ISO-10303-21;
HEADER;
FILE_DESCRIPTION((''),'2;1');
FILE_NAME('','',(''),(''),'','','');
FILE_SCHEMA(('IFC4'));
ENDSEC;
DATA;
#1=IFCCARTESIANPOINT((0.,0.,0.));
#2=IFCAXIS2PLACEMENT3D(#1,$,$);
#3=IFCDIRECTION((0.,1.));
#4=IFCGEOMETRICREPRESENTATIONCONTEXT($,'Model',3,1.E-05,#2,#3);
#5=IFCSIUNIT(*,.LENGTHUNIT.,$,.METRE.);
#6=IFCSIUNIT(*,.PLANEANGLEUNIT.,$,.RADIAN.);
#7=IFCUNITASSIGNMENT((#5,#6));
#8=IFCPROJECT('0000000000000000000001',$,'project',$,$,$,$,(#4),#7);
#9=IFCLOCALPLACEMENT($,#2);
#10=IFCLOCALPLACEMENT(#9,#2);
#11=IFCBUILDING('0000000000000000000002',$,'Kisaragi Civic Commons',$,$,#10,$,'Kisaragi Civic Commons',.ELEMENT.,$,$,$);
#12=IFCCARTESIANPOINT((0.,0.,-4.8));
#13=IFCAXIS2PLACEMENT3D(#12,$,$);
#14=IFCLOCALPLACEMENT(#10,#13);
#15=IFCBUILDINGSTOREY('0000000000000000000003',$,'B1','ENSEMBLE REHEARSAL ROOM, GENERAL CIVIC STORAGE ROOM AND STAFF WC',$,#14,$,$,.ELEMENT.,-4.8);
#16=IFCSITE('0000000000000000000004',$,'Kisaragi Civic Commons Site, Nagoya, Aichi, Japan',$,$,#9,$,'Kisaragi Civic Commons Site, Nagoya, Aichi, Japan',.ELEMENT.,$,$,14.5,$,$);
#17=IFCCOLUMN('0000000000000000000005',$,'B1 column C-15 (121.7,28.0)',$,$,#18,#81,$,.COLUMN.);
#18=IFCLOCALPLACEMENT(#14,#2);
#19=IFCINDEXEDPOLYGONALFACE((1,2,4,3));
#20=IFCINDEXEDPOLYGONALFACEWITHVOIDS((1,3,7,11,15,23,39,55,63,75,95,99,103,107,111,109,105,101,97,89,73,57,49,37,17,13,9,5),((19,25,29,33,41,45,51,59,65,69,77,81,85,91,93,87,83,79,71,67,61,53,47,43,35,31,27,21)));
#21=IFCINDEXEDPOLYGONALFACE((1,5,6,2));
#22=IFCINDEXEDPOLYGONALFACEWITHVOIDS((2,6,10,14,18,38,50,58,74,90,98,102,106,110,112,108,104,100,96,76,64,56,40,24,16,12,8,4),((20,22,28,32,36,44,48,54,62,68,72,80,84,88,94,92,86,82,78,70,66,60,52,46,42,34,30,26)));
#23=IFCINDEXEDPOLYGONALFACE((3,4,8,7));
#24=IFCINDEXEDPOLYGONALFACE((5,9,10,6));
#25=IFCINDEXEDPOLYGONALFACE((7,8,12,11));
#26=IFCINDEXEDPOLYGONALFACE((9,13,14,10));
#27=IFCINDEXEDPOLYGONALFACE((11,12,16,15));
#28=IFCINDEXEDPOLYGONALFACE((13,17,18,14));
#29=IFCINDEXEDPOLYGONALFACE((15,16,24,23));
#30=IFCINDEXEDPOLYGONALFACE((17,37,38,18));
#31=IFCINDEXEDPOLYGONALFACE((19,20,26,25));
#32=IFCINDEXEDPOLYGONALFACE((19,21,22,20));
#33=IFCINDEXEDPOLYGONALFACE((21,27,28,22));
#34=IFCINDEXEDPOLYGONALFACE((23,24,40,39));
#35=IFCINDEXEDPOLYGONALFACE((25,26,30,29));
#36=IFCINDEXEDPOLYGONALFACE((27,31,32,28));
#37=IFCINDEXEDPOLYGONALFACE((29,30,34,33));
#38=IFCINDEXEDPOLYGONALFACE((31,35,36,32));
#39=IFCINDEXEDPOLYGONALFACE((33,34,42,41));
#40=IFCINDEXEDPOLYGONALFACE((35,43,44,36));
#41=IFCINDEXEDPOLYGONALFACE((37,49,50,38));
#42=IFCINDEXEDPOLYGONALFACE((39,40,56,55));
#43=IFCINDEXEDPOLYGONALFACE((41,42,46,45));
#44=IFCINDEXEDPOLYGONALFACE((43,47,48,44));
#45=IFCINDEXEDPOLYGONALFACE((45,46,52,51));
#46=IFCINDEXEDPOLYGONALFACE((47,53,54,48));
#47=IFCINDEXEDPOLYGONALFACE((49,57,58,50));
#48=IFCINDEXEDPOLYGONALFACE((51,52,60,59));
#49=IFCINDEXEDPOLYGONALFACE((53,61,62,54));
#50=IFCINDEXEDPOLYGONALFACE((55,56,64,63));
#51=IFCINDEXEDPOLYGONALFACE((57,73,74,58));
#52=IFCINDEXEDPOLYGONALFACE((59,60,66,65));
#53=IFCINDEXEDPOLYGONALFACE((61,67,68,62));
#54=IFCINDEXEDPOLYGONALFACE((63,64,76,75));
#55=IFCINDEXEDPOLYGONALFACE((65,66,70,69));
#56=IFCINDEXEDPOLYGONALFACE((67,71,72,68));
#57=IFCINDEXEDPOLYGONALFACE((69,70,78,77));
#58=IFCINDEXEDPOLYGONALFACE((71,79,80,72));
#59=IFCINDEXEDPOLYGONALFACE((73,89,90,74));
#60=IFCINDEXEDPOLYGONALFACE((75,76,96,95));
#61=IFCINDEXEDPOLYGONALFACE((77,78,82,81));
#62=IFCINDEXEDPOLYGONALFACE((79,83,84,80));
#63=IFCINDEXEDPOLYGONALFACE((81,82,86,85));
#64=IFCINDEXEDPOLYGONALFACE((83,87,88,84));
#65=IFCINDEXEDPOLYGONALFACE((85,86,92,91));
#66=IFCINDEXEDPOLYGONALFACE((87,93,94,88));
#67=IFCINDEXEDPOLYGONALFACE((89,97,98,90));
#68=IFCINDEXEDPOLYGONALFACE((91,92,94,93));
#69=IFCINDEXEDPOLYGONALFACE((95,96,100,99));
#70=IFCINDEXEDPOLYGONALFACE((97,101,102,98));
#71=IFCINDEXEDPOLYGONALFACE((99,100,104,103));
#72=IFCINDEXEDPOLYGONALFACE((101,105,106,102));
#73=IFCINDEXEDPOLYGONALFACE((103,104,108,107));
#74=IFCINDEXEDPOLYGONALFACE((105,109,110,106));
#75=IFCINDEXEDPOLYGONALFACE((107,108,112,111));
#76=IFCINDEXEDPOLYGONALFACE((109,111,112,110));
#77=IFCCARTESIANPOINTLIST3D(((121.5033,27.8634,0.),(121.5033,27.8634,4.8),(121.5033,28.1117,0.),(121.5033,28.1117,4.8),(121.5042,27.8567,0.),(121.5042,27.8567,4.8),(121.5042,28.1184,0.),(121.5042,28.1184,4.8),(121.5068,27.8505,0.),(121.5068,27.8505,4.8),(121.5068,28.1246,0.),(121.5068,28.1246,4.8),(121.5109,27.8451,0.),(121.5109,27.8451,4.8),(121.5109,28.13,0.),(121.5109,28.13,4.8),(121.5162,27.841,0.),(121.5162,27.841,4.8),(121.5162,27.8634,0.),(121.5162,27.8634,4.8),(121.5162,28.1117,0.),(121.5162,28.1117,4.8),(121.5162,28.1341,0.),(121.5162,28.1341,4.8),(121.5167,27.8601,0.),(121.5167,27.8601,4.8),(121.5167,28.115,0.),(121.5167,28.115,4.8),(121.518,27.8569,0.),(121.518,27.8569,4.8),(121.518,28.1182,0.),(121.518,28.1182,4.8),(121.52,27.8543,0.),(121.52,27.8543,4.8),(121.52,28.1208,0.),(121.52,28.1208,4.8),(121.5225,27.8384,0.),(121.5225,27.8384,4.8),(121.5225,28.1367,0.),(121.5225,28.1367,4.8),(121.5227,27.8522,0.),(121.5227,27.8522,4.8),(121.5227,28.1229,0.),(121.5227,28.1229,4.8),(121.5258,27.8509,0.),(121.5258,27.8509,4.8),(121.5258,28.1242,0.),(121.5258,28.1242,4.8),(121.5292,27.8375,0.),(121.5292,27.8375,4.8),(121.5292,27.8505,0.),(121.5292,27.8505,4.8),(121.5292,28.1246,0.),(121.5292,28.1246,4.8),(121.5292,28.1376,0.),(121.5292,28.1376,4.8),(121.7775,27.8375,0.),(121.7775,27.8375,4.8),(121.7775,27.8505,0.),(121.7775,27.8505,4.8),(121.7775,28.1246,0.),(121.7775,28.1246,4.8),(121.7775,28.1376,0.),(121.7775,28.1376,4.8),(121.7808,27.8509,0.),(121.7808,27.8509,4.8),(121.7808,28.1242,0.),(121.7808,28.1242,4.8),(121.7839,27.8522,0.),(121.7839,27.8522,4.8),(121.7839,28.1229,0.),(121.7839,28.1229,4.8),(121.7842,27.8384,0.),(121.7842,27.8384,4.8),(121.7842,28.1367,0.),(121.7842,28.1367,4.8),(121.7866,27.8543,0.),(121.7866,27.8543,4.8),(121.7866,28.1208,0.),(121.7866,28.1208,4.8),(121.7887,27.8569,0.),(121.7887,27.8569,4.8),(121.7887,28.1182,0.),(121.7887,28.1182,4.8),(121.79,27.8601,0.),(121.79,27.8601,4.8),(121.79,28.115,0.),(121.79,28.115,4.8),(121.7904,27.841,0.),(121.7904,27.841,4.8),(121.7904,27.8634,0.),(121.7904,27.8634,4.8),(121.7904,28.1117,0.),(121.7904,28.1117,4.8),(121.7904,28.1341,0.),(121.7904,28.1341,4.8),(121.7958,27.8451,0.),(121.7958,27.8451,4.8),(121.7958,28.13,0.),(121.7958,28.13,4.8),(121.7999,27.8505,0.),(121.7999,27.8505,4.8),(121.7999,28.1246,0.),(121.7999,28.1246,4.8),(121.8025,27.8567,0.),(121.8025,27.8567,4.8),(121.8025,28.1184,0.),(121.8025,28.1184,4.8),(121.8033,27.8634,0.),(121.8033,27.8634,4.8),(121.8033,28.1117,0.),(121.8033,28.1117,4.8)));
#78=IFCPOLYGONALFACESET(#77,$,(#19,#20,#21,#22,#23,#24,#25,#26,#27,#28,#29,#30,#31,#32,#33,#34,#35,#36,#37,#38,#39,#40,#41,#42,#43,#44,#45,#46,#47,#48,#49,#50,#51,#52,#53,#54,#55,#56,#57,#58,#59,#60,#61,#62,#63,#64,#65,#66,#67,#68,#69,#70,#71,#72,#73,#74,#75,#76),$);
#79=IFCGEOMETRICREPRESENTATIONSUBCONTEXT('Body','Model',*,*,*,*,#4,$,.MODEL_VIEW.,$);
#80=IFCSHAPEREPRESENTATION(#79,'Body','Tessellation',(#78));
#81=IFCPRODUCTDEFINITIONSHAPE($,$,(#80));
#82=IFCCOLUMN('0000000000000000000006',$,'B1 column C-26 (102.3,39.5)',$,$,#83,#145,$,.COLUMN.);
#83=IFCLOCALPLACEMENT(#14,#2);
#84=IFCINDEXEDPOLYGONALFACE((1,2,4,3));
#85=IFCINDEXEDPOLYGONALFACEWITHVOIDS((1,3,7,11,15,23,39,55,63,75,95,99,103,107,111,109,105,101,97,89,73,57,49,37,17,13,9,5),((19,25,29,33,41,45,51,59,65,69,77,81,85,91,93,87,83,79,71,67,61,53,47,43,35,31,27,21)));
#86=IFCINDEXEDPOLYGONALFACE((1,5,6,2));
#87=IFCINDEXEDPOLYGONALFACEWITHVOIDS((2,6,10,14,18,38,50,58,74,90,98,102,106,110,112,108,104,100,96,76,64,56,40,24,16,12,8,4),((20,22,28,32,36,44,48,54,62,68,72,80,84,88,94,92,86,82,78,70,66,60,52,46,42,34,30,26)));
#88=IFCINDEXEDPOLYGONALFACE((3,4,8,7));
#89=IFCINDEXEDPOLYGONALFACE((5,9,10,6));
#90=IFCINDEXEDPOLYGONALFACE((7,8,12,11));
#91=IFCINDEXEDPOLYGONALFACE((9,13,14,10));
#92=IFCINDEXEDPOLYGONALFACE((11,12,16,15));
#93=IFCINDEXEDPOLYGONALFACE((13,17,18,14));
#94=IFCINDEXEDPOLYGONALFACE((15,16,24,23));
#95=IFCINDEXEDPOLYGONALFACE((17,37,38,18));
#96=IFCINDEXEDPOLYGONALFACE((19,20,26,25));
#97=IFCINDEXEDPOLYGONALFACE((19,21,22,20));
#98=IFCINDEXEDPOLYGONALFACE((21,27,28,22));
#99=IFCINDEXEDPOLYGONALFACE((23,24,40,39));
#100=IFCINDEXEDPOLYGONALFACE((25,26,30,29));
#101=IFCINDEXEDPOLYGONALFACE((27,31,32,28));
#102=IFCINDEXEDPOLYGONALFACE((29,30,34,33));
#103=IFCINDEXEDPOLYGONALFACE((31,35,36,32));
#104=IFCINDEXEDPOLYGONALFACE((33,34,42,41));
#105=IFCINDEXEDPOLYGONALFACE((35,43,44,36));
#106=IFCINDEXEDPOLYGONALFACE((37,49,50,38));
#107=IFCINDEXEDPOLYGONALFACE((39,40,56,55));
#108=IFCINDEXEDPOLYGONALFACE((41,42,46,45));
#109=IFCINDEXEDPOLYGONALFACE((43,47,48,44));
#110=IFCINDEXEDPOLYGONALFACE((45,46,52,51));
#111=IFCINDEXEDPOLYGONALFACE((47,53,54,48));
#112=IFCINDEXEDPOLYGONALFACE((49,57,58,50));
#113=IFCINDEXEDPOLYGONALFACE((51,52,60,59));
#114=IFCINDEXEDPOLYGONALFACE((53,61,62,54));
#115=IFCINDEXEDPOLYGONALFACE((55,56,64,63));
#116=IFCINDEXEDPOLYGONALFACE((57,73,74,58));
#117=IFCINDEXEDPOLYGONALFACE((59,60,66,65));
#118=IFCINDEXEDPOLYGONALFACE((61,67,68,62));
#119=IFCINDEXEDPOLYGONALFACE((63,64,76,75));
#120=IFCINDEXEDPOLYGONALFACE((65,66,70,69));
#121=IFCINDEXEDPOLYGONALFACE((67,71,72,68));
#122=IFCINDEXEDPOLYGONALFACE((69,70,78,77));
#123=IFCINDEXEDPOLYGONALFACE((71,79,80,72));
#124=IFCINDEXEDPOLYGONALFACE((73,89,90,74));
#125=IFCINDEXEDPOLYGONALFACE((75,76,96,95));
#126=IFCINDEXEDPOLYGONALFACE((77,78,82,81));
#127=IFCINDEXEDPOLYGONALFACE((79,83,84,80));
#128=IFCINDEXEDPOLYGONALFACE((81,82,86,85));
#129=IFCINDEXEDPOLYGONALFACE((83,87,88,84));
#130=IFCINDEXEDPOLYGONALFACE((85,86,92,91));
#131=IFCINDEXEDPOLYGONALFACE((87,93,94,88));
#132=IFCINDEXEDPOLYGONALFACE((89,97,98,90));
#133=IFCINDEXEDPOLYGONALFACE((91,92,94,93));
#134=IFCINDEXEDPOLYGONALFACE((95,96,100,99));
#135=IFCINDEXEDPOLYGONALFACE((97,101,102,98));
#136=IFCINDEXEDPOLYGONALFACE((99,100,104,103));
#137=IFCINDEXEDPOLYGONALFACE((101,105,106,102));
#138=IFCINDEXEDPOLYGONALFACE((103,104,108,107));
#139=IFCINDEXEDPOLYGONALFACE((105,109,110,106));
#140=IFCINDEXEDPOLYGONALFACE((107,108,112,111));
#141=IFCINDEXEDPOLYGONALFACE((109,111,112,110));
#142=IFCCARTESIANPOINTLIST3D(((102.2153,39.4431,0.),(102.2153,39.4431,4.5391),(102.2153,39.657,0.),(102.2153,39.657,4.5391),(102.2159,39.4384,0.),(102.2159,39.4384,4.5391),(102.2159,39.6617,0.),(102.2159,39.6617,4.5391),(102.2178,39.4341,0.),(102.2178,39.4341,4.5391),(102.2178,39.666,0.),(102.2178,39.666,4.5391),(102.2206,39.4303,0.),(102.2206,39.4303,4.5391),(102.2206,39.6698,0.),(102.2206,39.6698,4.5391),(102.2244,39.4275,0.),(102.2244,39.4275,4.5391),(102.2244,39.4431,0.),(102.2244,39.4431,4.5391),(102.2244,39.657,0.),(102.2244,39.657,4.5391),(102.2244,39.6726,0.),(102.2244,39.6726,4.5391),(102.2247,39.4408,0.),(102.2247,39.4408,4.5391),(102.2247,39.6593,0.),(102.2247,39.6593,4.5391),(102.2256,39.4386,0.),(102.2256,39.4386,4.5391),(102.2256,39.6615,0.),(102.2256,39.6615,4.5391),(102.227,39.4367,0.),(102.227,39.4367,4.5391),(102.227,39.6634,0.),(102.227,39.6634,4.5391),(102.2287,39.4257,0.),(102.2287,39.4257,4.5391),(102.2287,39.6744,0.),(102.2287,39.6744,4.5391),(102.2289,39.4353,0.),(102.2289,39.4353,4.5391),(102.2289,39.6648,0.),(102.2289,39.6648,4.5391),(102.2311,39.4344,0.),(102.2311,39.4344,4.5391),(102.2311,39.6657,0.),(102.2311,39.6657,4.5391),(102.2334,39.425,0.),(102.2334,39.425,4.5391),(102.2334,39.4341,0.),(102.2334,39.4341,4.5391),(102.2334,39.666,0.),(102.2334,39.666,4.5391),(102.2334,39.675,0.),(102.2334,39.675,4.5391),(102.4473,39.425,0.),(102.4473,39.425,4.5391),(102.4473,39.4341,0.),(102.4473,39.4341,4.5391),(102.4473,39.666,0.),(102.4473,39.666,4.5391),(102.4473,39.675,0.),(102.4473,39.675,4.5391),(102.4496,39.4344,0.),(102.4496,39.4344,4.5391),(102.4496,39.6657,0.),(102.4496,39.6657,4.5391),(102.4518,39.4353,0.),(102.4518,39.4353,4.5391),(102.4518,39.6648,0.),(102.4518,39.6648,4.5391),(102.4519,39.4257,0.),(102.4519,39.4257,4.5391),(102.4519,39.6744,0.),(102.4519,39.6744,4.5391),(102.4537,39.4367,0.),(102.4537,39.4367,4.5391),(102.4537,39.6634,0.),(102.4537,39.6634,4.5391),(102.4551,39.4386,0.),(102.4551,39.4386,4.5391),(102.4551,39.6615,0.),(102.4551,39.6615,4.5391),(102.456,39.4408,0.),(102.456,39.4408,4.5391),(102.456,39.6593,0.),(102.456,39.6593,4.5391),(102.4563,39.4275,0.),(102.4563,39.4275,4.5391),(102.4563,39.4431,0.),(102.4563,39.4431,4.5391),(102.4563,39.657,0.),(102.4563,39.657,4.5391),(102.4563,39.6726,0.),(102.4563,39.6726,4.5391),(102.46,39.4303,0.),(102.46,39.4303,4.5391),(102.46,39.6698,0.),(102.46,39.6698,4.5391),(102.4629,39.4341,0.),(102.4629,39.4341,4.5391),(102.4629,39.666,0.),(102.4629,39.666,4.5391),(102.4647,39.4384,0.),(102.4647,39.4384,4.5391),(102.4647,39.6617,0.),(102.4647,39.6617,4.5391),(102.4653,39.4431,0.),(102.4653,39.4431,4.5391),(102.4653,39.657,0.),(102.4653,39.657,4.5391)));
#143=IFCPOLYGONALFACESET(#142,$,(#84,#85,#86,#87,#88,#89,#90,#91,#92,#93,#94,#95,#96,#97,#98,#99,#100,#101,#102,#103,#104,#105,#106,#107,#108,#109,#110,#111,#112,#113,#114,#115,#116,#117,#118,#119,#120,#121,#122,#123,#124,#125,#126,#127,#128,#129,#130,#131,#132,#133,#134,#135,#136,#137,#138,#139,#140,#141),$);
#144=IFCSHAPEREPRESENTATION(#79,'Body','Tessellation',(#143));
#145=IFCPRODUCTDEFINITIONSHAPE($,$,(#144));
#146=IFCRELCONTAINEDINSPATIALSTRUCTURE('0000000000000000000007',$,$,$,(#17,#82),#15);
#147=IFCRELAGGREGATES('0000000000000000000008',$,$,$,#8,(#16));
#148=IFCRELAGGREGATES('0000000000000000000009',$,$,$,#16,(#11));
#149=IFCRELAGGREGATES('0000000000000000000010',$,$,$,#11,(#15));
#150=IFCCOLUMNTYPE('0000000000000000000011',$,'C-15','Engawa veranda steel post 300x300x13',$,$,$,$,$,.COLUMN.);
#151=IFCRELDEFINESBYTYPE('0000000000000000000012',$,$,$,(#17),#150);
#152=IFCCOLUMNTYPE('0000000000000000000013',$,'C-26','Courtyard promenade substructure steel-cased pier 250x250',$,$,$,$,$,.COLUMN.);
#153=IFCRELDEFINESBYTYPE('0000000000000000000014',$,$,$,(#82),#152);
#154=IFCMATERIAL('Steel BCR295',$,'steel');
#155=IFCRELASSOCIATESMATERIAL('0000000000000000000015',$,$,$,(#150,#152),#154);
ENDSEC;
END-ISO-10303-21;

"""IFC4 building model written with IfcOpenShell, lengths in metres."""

from ifc_helpers import new_model, si_unit, direction, frame, origin, origin_2d, place, context, subcontext, project, spatial, hollow_rectangle, extrude, material, material_profile, profile_set, type_object, element, save


model = new_model("IFC4")

# Units and contexts
model_context = context("Model", 3, precision=1e-05, world=origin(), true_north=direction((0.0, 1.0)))
body_context = subcontext(model_context, "Body", "Model", "MODEL_VIEW")
ifc_project = project(units=[si_unit("LENGTHUNIT", "METRE"), si_unit("PLANEANGLEUNIT", "RADIAN")], contexts=[model_context])

# Site, building, storey
site_placement = place(None, origin())
site = spatial("IfcSite", under=ifc_project, at=site_placement, Name="Kisaragi Civic Commons Site, Nagoya, Aichi, Japan", LongName="Kisaragi Civic Commons Site, Nagoya, Aichi, Japan", CompositionType="ELEMENT", RefElevation=14.5)
building_placement = place(site_placement, origin())
building = spatial("IfcBuilding", under=site, at=building_placement, Name="Kisaragi Civic Commons", LongName="Kisaragi Civic Commons", CompositionType="ELEMENT")
storey_placement = place(building_placement, frame((0.0, 0.0, -4.8)))
storey = spatial("IfcBuildingStorey", under=building, at=storey_placement, Name="B1", Description="ENSEMBLE REHEARSAL ROOM, GENERAL CIVIC STORAGE ROOM AND STAFF WC", CompositionType="ELEMENT", Elevation=-4.8)

# Columns
ifc_material_1 = material(Name="Steel BCR295", Category="steel")
ifc_material_profile_1 = material_profile(ifc_material_1, hollow_rectangle(XDim=0.3, YDim=0.3, WallThickness=0.0129, InnerFilletRadius=0.0129, OuterFilletRadius=0.0259, at=origin_2d()), Name="BCR-300x300x13", Category="steel")
ifc_profile_set_1 = profile_set([ifc_material_profile_1], Name="Steel BCR295")
column_type_1 = type_object("IfcColumnType", Name="C-15", Description="Engawa veranda steel post 300x300x13", PredefinedType="COLUMN", material=ifc_profile_set_1)
column_placement = place(storey_placement, frame((121.6533, 27.9875, 0.0), z_axis=(0.0, 0.0, 1.0), x_axis=(1.0, 0.0, 0.0)))
element("IfcColumn", 1, at=column_placement, inside=storey, type_object=column_type_1, Name="B1 column C-15 (121.7,28.0)", PredefinedType="COLUMN", context=body_context, shape_type="SweptSolid", body=[
    extrude(hollow_rectangle(XDim=0.3, YDim=0.3, WallThickness=0.0129, InnerFilletRadius=0.0129, OuterFilletRadius=0.0259, at=origin_2d()), origin(), (0.0, 0.0, 1.0), 4.8),
])
ifc_material_profile_2 = material_profile(ifc_material_1, hollow_rectangle(XDim=0.25, YDim=0.25, WallThickness=0.009, InnerFilletRadius=0.009, OuterFilletRadius=0.0181, at=origin_2d()), Name="BCR-250x250x9", Category="steel")
ifc_profile_set_2 = profile_set([ifc_material_profile_2], Name="Steel BCR295")
column_type_2 = type_object("IfcColumnType", Name="C-26", Description="Courtyard promenade substructure steel-cased pier 250x250", PredefinedType="COLUMN", material=ifc_profile_set_2)
for number, where, z_axis, x_axis, name in (
    (2, (102.3403, 39.55, 0.0), (0.0, 0.0, 1.0), (1.0, 0.0, 0.0), "B1 column C-26 (102.3,39.5)"),
):
    element("IfcColumn", number, at=place(storey_placement, frame(where, z_axis=z_axis, x_axis=x_axis)), inside=storey, type_object=column_type_2, Name=name, PredefinedType="COLUMN", context=body_context, shape_type="SweptSolid", body=[
        extrude(hollow_rectangle(XDim=0.25, YDim=0.25, WallThickness=0.009, InnerFilletRadius=0.009, OuterFilletRadius=0.0181, at=origin_2d()), origin(), (0.0, 0.0, 1.0), 4.5391),
    ])

save(model, "model.ifc")
